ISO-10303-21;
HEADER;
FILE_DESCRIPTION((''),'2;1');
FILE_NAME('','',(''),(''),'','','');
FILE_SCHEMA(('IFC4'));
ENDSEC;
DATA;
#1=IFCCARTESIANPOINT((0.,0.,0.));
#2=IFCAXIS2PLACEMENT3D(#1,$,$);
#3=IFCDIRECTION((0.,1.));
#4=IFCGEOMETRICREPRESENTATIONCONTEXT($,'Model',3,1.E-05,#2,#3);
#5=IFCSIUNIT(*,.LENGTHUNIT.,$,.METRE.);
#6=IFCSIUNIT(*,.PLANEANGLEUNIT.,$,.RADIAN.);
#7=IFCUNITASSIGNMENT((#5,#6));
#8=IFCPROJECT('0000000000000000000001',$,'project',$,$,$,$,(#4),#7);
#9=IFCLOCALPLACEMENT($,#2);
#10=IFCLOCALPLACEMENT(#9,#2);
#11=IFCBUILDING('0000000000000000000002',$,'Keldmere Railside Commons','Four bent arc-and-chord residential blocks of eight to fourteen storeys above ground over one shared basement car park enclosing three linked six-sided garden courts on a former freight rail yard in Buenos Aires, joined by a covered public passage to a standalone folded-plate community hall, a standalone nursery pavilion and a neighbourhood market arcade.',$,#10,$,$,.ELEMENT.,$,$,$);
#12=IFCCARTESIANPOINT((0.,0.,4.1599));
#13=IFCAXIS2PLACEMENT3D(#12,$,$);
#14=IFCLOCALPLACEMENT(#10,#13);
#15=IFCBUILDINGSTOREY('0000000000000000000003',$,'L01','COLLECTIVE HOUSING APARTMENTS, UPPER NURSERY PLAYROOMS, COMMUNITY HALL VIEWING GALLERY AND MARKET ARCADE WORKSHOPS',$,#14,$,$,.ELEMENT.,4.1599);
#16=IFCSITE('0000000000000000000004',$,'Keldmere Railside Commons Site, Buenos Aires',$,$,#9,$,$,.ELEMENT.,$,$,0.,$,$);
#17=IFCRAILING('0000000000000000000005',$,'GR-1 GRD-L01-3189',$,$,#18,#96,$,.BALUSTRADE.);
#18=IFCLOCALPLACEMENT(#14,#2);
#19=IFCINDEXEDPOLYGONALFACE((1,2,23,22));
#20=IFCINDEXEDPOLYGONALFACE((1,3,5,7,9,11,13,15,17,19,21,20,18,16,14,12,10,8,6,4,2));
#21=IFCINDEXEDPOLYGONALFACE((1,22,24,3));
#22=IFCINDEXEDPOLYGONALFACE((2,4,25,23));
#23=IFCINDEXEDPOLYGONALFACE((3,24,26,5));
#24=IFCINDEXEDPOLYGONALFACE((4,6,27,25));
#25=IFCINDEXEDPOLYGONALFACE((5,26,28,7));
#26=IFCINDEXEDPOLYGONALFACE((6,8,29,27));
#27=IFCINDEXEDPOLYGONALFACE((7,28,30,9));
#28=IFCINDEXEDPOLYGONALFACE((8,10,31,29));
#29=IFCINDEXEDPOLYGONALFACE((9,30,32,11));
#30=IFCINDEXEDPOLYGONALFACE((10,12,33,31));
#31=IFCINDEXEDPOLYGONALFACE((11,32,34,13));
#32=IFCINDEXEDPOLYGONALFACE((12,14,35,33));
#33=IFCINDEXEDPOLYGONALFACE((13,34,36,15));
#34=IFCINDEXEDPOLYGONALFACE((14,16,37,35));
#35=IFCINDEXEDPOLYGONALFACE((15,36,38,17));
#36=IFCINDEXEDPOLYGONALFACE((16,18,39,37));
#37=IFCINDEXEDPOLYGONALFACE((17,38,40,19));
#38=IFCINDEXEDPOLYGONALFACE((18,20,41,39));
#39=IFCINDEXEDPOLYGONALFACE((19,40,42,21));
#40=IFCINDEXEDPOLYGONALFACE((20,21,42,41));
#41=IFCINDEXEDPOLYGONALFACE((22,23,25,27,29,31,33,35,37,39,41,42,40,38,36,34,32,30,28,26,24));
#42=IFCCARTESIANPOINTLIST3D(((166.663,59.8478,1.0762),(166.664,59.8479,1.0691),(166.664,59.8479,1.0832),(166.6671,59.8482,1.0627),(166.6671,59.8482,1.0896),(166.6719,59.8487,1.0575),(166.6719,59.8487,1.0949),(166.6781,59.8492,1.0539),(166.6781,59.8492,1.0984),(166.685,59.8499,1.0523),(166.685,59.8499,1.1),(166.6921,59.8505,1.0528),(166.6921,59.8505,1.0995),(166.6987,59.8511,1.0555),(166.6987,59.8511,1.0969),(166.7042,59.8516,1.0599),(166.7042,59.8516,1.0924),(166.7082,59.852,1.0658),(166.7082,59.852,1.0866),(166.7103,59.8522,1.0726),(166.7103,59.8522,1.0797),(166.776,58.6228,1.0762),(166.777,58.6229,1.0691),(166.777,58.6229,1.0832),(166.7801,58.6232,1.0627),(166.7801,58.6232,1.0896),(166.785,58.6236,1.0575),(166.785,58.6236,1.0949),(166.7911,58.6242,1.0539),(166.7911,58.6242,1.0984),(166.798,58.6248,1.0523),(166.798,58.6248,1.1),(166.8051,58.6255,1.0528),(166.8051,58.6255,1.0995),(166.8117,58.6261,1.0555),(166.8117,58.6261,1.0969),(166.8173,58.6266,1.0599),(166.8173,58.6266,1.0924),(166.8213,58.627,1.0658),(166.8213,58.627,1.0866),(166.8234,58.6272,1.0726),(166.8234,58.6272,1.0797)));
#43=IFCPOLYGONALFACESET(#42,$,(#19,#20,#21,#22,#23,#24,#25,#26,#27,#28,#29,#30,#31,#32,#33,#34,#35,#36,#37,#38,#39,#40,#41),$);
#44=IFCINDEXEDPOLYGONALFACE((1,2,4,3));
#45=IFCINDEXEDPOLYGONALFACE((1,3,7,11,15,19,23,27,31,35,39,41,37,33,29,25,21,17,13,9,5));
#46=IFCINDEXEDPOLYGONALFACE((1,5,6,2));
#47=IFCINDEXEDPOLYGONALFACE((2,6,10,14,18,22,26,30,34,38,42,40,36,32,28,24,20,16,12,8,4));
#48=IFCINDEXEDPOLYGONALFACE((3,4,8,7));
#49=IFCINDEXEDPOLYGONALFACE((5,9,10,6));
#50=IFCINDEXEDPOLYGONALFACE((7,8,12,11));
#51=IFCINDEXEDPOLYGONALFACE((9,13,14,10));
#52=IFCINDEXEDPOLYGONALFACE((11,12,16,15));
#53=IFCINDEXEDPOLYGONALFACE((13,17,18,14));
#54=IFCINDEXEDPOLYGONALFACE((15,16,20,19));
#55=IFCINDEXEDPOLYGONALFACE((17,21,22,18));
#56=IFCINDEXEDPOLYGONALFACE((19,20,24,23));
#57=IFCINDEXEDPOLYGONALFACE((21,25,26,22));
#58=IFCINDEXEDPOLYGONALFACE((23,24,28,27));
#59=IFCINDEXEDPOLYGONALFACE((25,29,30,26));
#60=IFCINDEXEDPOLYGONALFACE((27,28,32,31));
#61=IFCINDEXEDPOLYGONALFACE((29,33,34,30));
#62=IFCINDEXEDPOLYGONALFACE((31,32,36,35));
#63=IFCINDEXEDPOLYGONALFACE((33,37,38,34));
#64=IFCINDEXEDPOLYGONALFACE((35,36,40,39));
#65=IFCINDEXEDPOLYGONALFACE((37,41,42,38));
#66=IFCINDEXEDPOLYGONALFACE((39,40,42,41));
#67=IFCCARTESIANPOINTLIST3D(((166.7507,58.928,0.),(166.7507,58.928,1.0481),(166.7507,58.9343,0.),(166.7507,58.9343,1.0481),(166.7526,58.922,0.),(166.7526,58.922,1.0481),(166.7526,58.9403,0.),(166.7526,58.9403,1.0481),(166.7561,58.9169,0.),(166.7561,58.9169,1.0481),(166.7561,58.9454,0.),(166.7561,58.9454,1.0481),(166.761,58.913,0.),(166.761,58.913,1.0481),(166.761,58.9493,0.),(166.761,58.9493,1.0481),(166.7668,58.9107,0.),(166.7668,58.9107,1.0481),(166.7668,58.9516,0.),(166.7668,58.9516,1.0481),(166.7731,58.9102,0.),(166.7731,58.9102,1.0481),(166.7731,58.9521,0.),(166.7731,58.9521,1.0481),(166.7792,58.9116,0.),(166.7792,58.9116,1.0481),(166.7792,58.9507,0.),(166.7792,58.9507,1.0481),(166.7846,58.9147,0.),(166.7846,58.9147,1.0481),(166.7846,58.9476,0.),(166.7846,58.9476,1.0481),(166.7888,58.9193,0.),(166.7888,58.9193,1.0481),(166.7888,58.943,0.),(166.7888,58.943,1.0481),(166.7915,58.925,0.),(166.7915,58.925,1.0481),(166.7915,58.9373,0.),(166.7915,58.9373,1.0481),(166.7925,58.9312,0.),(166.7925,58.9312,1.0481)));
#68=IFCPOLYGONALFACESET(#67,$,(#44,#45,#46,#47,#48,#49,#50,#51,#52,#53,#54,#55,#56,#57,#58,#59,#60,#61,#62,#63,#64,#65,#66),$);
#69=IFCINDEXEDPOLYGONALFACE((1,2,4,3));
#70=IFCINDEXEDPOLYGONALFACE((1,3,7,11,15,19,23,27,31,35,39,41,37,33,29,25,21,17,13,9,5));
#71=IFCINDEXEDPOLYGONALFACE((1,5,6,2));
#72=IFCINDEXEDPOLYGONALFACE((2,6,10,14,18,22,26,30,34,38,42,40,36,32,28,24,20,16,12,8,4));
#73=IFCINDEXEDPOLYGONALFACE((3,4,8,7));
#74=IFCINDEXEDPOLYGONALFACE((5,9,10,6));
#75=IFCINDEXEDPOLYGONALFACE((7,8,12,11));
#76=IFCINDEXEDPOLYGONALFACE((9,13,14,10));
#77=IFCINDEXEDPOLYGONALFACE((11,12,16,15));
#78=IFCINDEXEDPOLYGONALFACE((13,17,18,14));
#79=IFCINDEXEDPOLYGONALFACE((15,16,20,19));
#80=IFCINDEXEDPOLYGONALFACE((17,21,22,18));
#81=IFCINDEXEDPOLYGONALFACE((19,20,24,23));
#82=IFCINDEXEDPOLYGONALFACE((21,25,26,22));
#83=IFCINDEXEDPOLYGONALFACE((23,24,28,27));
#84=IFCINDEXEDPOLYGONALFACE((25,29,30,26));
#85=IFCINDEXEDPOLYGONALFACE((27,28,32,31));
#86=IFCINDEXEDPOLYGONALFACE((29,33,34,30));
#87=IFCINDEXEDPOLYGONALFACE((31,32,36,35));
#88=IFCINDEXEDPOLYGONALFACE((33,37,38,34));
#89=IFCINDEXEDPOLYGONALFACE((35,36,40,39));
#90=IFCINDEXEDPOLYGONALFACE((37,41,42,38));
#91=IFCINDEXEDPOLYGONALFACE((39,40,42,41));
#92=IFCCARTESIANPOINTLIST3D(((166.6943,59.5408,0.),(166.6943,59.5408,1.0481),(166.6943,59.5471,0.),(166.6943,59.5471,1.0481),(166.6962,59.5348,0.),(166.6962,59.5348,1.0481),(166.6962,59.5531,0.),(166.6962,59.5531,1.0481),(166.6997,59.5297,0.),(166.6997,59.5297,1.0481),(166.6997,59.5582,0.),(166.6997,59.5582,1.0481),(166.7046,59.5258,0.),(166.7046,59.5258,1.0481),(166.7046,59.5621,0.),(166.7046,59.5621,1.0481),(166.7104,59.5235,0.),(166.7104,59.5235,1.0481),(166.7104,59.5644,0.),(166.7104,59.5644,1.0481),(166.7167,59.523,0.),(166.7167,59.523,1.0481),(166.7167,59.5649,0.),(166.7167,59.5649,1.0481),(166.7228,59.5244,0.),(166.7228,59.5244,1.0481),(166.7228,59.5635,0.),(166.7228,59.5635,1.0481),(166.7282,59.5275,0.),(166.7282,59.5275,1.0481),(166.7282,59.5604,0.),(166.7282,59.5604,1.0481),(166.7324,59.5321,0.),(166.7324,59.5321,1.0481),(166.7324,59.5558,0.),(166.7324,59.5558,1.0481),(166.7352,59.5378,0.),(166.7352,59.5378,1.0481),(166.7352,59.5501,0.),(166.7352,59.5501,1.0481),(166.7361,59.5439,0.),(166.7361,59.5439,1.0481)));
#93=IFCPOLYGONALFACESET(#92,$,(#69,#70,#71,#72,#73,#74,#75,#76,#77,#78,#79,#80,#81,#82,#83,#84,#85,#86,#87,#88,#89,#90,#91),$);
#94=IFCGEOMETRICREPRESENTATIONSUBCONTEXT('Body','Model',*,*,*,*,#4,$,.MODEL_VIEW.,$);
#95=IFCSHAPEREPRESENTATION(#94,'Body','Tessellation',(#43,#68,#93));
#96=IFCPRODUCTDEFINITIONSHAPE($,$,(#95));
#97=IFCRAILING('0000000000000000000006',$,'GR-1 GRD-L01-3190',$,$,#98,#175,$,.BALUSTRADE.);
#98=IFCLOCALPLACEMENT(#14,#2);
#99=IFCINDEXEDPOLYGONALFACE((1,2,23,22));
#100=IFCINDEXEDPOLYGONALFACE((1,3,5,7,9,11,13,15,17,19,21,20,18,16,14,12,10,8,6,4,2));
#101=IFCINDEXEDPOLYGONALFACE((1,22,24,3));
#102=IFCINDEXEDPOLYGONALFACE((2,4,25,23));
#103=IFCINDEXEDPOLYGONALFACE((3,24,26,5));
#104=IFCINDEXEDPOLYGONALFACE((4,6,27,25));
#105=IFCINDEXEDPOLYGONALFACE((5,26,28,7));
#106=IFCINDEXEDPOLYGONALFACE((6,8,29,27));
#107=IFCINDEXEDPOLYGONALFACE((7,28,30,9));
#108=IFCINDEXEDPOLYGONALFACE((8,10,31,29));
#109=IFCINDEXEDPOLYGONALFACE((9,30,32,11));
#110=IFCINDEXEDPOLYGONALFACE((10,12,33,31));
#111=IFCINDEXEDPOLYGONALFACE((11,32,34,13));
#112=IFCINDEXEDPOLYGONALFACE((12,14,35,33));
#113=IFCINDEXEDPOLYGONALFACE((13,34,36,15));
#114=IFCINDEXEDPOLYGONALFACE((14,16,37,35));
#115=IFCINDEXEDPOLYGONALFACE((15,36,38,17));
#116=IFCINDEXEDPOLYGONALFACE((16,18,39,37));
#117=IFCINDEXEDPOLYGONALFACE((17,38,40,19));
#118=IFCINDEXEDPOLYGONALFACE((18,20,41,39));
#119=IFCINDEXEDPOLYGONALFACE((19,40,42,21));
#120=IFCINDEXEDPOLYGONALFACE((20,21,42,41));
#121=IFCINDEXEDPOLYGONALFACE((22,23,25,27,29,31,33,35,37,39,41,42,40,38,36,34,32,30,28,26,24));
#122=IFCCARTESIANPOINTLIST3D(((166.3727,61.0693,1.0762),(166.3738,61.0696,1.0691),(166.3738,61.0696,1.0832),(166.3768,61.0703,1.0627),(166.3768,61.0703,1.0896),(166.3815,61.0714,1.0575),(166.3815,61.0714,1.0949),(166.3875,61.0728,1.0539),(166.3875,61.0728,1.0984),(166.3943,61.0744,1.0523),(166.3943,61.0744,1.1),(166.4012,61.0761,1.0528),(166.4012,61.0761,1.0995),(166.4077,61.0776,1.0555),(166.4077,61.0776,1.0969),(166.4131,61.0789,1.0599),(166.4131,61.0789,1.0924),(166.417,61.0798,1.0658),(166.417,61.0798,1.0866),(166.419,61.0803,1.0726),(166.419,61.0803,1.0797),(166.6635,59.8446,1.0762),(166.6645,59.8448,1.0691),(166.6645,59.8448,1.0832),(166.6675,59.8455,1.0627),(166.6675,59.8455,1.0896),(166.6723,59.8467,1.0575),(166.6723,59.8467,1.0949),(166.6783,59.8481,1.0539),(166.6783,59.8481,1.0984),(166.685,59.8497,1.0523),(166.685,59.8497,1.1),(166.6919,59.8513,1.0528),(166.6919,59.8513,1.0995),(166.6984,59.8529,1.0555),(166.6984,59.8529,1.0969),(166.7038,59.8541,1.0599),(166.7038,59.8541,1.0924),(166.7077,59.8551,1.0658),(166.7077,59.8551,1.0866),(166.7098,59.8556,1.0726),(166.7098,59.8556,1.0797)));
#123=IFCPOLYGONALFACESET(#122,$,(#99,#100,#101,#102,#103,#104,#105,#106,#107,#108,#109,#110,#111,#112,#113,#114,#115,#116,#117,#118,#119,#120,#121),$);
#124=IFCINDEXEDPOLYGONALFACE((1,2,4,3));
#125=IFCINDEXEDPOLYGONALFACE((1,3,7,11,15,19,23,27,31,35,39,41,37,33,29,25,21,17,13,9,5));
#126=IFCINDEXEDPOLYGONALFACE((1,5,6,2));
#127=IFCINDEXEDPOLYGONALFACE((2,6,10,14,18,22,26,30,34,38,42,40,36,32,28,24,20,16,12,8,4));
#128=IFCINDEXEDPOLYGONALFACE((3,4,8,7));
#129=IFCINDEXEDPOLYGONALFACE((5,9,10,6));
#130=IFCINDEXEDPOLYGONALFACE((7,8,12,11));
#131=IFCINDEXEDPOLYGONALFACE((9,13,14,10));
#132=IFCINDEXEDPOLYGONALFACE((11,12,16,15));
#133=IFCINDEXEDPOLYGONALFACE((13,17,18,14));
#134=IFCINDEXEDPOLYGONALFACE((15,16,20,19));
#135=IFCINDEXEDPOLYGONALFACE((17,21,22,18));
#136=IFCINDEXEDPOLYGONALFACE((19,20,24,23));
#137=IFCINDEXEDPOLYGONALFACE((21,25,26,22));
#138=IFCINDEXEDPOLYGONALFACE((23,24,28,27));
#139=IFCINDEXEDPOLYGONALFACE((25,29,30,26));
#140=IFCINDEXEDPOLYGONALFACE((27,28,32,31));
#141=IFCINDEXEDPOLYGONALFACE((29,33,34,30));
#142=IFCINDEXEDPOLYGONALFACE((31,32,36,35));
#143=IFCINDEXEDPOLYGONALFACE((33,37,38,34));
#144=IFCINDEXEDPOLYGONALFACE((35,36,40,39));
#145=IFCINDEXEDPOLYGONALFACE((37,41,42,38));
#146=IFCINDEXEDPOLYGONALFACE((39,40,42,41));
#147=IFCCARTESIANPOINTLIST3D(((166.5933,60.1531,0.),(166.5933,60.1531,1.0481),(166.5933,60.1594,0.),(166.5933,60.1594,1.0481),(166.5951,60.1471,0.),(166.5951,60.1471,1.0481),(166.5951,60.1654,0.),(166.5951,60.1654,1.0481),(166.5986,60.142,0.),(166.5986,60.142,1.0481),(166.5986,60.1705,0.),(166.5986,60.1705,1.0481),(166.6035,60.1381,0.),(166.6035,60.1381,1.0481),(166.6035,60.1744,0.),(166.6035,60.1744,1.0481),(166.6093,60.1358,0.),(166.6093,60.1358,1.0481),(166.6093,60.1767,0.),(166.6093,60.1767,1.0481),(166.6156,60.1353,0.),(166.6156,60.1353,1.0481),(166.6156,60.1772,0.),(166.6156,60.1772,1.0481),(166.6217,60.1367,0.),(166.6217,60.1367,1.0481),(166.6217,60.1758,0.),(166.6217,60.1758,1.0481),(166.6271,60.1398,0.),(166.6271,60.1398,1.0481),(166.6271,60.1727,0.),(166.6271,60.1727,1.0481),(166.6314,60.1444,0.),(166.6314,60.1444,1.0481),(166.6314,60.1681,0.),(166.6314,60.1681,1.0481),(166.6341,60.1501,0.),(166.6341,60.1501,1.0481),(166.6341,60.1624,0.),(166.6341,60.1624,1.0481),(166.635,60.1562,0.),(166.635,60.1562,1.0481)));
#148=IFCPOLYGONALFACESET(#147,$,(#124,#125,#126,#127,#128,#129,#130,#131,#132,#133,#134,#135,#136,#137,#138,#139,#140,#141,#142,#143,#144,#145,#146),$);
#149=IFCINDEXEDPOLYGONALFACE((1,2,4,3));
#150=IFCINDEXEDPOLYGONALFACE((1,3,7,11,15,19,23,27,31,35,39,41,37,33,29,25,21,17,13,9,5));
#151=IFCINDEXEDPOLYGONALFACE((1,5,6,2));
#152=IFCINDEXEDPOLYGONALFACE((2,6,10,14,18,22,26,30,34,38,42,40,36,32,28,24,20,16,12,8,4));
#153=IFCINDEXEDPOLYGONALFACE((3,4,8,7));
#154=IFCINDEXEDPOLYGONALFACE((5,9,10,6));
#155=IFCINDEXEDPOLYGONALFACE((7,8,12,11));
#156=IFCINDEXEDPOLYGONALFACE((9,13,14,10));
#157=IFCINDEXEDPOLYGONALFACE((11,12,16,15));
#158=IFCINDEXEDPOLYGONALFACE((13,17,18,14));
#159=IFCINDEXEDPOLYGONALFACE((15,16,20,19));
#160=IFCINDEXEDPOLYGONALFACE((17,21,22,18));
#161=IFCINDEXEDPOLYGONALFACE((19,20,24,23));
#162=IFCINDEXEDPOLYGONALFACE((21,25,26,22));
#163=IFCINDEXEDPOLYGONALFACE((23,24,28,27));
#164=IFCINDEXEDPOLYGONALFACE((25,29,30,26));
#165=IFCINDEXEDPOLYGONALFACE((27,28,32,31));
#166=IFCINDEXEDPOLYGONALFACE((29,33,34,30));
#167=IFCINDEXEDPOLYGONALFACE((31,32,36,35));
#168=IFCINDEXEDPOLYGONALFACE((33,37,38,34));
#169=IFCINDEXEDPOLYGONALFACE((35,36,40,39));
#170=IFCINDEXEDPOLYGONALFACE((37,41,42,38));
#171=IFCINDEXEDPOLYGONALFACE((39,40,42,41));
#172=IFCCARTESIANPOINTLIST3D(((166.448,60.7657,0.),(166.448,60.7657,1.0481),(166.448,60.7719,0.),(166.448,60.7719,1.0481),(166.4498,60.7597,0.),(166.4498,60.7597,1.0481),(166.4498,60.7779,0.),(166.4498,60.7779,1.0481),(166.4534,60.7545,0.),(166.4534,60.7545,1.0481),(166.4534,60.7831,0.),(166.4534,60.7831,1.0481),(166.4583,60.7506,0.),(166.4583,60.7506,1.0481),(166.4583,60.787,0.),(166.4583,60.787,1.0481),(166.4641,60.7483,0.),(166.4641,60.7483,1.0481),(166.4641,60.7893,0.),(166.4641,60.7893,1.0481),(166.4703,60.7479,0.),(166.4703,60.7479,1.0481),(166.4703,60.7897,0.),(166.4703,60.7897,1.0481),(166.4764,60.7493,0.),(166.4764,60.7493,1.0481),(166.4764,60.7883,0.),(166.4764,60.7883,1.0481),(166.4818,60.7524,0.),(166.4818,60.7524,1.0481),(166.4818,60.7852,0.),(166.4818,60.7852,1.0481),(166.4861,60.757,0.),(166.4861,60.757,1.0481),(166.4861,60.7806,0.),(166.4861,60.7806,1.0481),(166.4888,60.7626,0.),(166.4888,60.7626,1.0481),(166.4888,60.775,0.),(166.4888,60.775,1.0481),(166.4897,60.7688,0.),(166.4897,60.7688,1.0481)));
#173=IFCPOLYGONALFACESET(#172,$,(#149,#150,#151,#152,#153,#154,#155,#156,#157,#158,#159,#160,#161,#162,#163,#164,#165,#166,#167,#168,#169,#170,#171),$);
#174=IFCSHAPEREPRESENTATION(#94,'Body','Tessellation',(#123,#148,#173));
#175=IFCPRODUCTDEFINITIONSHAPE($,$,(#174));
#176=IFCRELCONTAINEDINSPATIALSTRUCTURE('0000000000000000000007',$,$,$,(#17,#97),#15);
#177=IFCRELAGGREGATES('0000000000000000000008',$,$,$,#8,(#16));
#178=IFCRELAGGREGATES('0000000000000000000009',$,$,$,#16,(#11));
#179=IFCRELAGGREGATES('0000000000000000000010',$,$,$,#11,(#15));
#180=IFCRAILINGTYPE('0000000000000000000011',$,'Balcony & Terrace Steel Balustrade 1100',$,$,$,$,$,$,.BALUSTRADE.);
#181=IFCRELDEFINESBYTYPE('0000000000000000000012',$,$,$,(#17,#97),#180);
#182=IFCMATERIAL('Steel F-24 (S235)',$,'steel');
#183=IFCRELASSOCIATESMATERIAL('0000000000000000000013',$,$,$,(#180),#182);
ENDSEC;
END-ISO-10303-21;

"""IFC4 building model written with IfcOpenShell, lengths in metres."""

from ifc_helpers import new_model, si_unit, direction, frame, origin, origin_2d, place, context, subcontext, project, spatial, circle, extrude, material, type_object, element, save


model = new_model("IFC4")

# Units and contexts
model_context = context("Model", 3, precision=1e-05, world=origin(), true_north=direction((0.0, 1.0)))
body_context = subcontext(model_context, "Body", "Model", "MODEL_VIEW")
ifc_project = project(units=[si_unit("LENGTHUNIT", "METRE"), si_unit("PLANEANGLEUNIT", "RADIAN")], contexts=[model_context])

# Site, building, storey
site_placement = place(None, origin())
site = spatial("IfcSite", under=ifc_project, at=site_placement, Name="Keldmere Railside Commons Site, Buenos Aires", CompositionType="ELEMENT", RefElevation=0.0)
building_placement = place(site_placement, origin())
building = spatial("IfcBuilding", under=site, at=building_placement, Name="Keldmere Railside Commons", Description="Four bent arc-and-chord residential blocks of eight to fourteen storeys above ground over one shared basement car park enclosing three linked six-sided garden courts on a former freight rail yard in Buenos Aires, joined by a covered public passage to a standalone folded-plate community hall, a standalone nursery pavilion and a neighbourhood market arcade.", CompositionType="ELEMENT")
storey_placement = place(building_placement, frame((0.0, 0.0, 4.1599)))
storey = spatial("IfcBuildingStorey", under=building, at=storey_placement, Name="L01", Description="COLLECTIVE HOUSING APARTMENTS, UPPER NURSERY PLAYROOMS, COMMUNITY HALL VIEWING GALLERY AND MARKET ARCADE WORKSHOPS", CompositionType="ELEMENT", Elevation=4.1599)

# Railings
ifc_material_1 = material(Name="Steel F-24 (S235)", Category="steel")
railing_type = type_object("IfcRailingType", Name="Balcony & Terrace Steel Balustrade 1100", PredefinedType="BALUSTRADE", material=ifc_material_1)
railing_1_placement = place(storey_placement, frame((166.7998, 58.625, 0.0)))
element("IfcRailing", 1, at=railing_1_placement, inside=storey, type_object=railing_type, Name="GR-1 GRD-L01-3189", PredefinedType="BALUSTRADE", context=body_context, shape_type="SweptSolid", body=[
    extrude(circle(Radius=0.0239, at=origin_2d()), frame((0.0, 0.0, 1.0762), z_axis=(-0.091878, 0.99577, 0.0), x_axis=(-0.99577, -0.091878, 0.0)), (0.0, 0.0, 1.0), 1.2302),
    extrude(circle(Radius=0.021, at=origin_2d()), frame((-0.0283, 0.3062, 0.0)), (0.0, 0.0, 1.0), 1.0481),
    extrude(circle(Radius=0.021, at=origin_2d()), frame((-0.0847, 0.9189, 0.0)), (0.0, 0.0, 1.0), 1.0481),
])
railing_2_placement = place(storey_placement, frame((166.6868, 59.8501, 0.0)))
element("IfcRailing", 2, at=railing_2_placement, inside=storey, type_object=railing_type, Name="GR-1 GRD-L01-3190", PredefinedType="BALUSTRADE", context=body_context, shape_type="SweptSolid", body=[
    extrude(circle(Radius=0.0239, at=origin_2d()), frame((0.0, 0.0, 1.0762), z_axis=(-0.230974, 0.97296, 0.0), x_axis=(-0.97296, -0.230974, 0.0)), (0.0, 0.0, 1.0), 1.2588),
    extrude(circle(Radius=0.021, at=origin_2d()), frame((-0.0728, 0.3062, 0.0)), (0.0, 0.0, 1.0), 1.0481),
    extrude(circle(Radius=0.021, at=origin_2d()), frame((-0.218, 0.9187, 0.0)), (0.0, 0.0, 1.0), 1.0481),
])

save(model, "model.ifc")
